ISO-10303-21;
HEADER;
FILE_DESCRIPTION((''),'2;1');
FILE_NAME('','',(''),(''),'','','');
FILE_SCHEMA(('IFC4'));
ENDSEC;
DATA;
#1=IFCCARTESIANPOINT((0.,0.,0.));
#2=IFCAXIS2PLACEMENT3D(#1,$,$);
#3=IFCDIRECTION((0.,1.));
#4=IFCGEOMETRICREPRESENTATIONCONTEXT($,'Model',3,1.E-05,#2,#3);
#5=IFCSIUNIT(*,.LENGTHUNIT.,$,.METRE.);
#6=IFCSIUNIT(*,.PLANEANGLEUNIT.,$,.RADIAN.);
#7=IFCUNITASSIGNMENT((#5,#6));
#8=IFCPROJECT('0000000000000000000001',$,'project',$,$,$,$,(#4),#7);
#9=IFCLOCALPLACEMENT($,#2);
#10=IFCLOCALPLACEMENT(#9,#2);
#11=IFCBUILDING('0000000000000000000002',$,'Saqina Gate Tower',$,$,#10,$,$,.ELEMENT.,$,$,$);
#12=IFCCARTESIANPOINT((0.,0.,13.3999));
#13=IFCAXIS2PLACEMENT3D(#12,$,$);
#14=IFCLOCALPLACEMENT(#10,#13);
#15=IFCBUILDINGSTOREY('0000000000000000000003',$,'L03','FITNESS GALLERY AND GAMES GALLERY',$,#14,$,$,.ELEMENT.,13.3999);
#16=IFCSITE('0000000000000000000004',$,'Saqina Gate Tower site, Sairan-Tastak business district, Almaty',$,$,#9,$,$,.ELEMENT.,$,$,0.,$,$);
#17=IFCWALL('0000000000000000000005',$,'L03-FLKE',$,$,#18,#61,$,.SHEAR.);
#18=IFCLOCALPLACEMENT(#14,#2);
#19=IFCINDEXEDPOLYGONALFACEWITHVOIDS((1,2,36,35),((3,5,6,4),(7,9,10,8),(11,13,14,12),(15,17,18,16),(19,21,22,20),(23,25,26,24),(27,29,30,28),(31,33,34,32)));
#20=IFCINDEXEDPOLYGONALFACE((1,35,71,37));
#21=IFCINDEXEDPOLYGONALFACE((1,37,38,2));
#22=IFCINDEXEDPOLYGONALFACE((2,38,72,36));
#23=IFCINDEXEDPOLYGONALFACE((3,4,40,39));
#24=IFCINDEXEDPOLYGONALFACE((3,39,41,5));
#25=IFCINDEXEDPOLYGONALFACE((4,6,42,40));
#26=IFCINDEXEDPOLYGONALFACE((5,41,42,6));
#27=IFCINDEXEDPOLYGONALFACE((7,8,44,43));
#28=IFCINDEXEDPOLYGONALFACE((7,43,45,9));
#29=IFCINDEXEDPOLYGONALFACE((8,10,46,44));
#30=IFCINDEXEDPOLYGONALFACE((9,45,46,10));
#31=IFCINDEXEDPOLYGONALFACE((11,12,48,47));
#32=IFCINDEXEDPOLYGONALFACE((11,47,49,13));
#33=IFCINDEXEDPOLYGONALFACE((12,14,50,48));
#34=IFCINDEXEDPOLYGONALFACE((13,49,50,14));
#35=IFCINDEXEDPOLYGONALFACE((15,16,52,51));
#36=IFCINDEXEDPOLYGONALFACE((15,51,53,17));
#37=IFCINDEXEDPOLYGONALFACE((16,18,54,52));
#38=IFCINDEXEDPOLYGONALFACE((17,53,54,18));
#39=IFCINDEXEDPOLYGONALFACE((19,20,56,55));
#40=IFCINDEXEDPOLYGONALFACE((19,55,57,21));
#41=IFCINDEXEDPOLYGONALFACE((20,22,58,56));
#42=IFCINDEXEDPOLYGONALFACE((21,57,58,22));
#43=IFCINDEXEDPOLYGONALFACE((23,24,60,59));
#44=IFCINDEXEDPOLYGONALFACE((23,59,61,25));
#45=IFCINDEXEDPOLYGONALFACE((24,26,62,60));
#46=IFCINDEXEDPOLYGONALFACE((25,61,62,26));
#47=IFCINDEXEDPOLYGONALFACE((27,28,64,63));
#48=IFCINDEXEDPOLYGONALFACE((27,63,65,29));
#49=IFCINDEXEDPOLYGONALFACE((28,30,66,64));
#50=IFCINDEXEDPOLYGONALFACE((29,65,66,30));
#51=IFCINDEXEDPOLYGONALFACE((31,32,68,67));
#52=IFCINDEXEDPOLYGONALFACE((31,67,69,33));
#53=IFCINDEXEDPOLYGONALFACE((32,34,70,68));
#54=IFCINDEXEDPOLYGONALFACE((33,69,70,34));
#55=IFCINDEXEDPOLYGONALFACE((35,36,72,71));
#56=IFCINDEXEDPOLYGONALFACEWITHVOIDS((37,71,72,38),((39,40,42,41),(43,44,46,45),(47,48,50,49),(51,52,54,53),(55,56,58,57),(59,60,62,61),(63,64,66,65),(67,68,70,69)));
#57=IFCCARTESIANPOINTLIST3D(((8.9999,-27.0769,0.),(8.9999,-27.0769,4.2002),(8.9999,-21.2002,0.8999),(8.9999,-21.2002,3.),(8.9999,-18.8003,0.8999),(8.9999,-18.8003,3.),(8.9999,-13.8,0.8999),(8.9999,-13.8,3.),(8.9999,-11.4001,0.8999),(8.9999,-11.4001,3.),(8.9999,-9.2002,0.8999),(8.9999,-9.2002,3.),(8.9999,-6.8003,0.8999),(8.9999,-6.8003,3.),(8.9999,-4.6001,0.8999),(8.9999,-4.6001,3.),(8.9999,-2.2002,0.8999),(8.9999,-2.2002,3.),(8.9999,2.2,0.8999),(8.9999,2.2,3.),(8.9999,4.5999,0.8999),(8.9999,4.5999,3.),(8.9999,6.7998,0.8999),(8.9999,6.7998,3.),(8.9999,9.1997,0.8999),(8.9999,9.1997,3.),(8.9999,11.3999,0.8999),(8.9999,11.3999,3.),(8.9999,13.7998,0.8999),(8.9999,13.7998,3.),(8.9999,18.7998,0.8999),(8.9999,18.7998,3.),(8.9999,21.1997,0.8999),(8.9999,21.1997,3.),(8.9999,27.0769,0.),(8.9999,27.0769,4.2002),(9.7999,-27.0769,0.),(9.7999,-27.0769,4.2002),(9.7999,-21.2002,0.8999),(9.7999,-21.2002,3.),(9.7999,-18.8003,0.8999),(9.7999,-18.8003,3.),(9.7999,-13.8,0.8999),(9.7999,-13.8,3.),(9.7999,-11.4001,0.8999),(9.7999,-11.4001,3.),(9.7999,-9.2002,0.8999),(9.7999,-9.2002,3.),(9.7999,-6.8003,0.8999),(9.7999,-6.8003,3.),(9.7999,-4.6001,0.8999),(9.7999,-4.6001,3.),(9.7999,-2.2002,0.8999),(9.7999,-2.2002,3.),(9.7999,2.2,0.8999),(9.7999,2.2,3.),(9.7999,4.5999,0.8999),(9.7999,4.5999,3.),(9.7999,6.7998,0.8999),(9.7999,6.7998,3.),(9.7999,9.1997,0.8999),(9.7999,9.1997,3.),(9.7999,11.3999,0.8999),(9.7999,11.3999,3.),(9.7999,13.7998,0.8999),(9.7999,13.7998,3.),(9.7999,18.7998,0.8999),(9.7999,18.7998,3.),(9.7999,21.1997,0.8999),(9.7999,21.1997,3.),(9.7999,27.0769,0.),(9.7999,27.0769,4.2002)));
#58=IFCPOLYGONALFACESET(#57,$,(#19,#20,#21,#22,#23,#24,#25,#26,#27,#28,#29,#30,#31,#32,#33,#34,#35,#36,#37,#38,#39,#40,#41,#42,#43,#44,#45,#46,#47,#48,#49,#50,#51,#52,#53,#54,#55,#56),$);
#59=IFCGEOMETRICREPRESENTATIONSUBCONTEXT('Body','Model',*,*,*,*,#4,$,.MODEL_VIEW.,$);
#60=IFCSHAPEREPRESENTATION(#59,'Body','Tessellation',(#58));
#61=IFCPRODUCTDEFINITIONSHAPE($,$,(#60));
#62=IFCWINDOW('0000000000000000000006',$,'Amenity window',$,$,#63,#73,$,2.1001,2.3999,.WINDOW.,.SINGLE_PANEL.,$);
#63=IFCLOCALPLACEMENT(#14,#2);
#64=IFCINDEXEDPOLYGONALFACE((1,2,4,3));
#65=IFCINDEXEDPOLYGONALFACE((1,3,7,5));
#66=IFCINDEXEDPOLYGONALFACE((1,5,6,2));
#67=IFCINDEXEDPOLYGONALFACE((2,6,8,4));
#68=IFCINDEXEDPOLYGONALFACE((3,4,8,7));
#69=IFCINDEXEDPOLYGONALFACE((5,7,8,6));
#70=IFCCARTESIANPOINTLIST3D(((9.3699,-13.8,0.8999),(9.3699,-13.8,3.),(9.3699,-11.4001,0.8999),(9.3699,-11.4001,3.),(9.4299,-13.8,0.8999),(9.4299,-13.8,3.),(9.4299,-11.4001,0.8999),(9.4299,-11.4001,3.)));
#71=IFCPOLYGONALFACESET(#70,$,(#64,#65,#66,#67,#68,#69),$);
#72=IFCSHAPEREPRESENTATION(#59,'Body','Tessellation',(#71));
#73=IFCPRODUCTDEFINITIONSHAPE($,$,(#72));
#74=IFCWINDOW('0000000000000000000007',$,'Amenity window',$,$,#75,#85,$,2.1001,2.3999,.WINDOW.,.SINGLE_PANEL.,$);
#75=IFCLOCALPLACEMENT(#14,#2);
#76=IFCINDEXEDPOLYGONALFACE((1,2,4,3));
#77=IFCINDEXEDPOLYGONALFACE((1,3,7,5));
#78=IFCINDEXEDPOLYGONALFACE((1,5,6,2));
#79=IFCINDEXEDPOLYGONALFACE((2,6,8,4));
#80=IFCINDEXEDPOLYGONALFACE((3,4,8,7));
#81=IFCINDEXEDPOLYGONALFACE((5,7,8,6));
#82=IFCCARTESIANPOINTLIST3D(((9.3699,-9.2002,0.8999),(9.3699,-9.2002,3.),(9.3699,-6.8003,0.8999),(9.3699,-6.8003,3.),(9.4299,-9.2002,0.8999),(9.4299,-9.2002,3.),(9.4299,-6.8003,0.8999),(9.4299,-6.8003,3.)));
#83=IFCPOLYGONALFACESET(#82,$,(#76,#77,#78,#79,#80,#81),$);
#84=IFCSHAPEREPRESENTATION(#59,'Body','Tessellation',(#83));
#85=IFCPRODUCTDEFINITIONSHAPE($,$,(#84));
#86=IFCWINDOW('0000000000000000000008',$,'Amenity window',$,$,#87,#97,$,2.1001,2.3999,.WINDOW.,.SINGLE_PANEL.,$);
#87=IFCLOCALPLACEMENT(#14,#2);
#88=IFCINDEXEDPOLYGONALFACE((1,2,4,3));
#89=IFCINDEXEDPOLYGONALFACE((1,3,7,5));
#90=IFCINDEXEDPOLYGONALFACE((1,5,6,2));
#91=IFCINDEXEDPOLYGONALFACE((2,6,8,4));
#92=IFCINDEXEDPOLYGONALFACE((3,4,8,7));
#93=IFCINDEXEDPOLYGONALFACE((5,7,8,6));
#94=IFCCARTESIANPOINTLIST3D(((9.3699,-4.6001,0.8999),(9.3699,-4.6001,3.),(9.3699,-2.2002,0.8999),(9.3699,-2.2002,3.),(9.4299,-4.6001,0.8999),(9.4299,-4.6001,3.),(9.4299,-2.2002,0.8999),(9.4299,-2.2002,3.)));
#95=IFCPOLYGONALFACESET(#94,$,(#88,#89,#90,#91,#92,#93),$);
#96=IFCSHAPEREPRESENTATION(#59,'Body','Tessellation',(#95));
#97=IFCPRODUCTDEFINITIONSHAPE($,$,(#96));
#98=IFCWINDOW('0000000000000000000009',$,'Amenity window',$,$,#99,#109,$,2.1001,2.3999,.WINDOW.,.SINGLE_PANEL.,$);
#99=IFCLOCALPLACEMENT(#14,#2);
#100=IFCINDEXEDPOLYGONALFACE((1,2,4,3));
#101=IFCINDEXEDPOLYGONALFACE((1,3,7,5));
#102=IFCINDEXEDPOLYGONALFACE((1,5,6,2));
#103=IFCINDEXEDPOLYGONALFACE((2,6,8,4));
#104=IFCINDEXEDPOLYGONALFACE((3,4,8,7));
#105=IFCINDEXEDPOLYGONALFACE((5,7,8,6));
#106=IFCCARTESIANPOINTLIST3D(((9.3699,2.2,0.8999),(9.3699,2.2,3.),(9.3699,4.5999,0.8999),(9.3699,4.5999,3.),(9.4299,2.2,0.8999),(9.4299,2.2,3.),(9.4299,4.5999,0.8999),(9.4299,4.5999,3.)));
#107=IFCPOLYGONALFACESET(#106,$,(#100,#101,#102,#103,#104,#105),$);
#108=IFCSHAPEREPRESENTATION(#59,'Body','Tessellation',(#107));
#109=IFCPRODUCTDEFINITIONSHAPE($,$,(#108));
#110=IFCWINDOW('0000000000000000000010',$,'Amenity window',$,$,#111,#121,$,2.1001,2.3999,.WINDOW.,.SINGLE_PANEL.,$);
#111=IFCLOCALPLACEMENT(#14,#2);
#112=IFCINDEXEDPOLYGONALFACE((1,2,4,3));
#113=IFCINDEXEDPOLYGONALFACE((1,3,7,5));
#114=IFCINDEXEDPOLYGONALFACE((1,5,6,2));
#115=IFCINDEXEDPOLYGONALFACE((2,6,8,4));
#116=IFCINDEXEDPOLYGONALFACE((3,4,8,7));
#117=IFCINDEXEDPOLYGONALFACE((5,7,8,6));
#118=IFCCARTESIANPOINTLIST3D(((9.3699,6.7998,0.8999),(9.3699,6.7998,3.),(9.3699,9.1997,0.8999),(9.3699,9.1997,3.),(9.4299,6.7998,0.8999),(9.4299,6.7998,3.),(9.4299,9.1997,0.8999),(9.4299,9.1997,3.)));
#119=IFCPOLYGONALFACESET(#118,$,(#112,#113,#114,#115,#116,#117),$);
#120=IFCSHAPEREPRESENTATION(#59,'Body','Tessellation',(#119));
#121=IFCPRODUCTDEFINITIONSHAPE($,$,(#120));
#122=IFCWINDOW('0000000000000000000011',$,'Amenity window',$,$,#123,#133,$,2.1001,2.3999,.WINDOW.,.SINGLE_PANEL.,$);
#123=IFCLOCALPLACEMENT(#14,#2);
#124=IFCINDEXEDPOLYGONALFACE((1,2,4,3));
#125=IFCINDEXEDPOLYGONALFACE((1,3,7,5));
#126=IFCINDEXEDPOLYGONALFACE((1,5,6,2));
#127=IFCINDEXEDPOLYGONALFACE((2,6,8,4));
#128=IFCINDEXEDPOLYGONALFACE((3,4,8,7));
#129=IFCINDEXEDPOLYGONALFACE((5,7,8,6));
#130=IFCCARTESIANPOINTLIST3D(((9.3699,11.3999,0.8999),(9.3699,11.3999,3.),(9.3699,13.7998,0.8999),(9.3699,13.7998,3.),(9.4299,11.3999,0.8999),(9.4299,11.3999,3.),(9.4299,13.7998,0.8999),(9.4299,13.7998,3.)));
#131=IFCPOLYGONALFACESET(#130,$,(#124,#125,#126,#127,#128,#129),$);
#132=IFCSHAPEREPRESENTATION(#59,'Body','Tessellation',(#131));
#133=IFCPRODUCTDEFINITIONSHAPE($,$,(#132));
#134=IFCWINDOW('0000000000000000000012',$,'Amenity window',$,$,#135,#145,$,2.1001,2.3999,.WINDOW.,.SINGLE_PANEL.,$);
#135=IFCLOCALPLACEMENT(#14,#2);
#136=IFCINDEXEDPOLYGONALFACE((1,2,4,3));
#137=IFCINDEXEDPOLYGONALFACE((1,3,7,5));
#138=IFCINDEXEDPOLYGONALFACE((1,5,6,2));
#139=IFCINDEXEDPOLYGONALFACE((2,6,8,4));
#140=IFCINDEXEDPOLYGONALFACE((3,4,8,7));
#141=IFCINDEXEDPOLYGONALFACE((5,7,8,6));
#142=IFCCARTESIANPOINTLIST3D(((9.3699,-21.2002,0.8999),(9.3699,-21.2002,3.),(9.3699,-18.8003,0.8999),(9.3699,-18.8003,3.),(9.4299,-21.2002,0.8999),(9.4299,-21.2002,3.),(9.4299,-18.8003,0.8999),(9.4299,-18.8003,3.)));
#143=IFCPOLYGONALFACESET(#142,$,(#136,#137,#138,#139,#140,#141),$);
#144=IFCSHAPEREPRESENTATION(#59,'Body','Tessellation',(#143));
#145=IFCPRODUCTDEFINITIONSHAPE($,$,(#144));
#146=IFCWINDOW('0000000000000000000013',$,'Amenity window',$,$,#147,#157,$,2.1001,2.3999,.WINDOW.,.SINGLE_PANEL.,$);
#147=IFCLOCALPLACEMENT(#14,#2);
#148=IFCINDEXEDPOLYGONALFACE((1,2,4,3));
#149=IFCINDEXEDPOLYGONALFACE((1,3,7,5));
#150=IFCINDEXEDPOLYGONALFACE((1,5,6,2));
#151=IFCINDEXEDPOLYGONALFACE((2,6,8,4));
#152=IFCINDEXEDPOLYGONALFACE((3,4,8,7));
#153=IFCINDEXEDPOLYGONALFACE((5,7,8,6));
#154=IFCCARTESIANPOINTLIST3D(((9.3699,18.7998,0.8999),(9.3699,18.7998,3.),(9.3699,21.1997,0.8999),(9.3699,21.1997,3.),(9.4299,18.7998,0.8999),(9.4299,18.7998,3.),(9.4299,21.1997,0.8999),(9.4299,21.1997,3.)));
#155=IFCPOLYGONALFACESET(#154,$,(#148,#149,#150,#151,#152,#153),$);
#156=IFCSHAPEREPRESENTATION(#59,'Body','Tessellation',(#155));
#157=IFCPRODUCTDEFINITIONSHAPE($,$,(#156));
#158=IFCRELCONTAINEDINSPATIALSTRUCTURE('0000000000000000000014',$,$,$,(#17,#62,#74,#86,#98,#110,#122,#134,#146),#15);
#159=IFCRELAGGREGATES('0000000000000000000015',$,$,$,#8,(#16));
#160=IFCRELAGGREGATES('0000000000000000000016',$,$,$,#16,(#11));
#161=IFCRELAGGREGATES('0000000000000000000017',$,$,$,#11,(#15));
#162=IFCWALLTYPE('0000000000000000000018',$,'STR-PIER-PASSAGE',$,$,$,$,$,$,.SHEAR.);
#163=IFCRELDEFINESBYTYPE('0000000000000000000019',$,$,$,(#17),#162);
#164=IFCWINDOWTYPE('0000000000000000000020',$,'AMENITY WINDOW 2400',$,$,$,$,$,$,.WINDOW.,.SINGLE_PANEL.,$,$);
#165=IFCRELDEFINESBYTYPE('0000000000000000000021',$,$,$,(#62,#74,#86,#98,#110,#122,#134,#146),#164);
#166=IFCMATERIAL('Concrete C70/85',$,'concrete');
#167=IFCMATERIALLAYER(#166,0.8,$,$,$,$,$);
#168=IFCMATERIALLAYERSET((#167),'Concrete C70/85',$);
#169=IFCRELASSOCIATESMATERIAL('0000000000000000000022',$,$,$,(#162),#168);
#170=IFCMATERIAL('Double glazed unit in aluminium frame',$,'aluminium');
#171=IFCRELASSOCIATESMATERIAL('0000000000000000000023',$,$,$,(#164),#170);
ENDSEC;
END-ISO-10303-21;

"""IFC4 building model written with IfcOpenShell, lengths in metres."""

from ifc_helpers import new_model, si_unit, direction, frame, frame_2d, origin, place, context, subcontext, project, spatial, rectangle, extrude, material, layer, layer_set, type_object, element, fill, save


model = new_model("IFC4")

# Units and contexts
model_context = context("Model", 3, precision=1e-05, world=origin(), true_north=direction((0.0, 1.0)))
body_context = subcontext(model_context, "Body", "Model", "MODEL_VIEW")
ifc_project = project(units=[si_unit("LENGTHUNIT", "METRE"), si_unit("PLANEANGLEUNIT", "RADIAN")], contexts=[model_context])

# Site, building, storey
site_placement = place(None, origin())
site = spatial("IfcSite", under=ifc_project, at=site_placement, Name="Saqina Gate Tower site, Sairan-Tastak business district, Almaty", CompositionType="ELEMENT", RefElevation=0.0)
building_placement = place(site_placement, origin())
building = spatial("IfcBuilding", under=site, at=building_placement, Name="Saqina Gate Tower", CompositionType="ELEMENT")
storey_placement = place(building_placement, frame((0.0, 0.0, 13.3999)))
storey = spatial("IfcBuildingStorey", under=building, at=storey_placement, Name="L03", Description="FITNESS GALLERY AND GAMES GALLERY", CompositionType="ELEMENT", Elevation=13.3999)

# Wall, openings, windows
ifc_material_1 = material(Name="Concrete C70/85", Category="concrete")
ifc_layer_1 = layer(ifc_material_1, 0.8)
ifc_layer_set_1 = layer_set([ifc_layer_1], Name="Concrete C70/85")
wall_type_1 = type_object("IfcWallType", Name="STR-PIER-PASSAGE", PredefinedType="SHEAR", material=ifc_layer_set_1)
wall_1_placement = place(storey_placement, frame((9.3999, -27.0769, 0.0), z_axis=(0.0, 0.0, 1.0), x_axis=(0.0, 1.0, 0.0)))
wall_1 = element("IfcWall", 1, at=wall_1_placement, inside=storey, type_object=wall_type_1, Name="L03-FLKE", PredefinedType="SHEAR", context=body_context, shape_type="SweptSolid", body=[
    extrude(rectangle(XDim=54.1538, YDim=0.8, at=frame_2d((27.0769, 0.0))), origin(), (0.0, 0.0, 1.0), 4.2002),
])
opening_1_placement = place(wall_1_placement, frame((13.2769, 0.0, 0.8999)))
opening_1 = element("IfcOpeningElement", 2, at=opening_1_placement, cuts=wall_1, PredefinedType="OPENING", context=body_context, shape_type="SweptSolid", body=[
    extrude(rectangle(XDim=2.3999, YDim=2.1001, at=frame_2d((1.2, 1.05))), frame((0.0, 0.4121, 0.0), z_axis=(0.0, -1.0, 0.0), x_axis=(1.0, 0.0, 0.0)), (0.0, 0.0, 1.0), 0.824),
])
opening_2_placement = place(wall_1_placement, frame((17.8767, 0.0, 0.8999)))
opening_2 = element("IfcOpeningElement", 3, at=opening_2_placement, cuts=wall_1, PredefinedType="OPENING", context=body_context, shape_type="SweptSolid", body=[
    extrude(rectangle(XDim=2.3999, YDim=2.1001, at=frame_2d((1.2, 1.05))), frame((0.0, 0.4121, 0.0), z_axis=(0.0, -1.0, 0.0), x_axis=(1.0, 0.0, 0.0)), (0.0, 0.0, 1.0), 0.824),
])
opening_3_placement = place(wall_1_placement, frame((22.4768, 0.0, 0.8999)))
opening_3 = element("IfcOpeningElement", 4, at=opening_3_placement, cuts=wall_1, PredefinedType="OPENING", context=body_context, shape_type="SweptSolid", body=[
    extrude(rectangle(XDim=2.3999, YDim=2.1001, at=frame_2d((1.2, 1.05))), frame((0.0, 0.4121, 0.0), z_axis=(0.0, -1.0, 0.0), x_axis=(1.0, 0.0, 0.0)), (0.0, 0.0, 1.0), 0.824),
])
opening_4_placement = place(wall_1_placement, frame((29.2769, 0.0, 0.8999)))
opening_4 = element("IfcOpeningElement", 5, at=opening_4_placement, cuts=wall_1, PredefinedType="OPENING", context=body_context, shape_type="SweptSolid", body=[
    extrude(rectangle(XDim=2.3999, YDim=2.1001, at=frame_2d((1.2, 1.05))), frame((0.0, 0.4121, 0.0), z_axis=(0.0, -1.0, 0.0), x_axis=(1.0, 0.0, 0.0)), (0.0, 0.0, 1.0), 0.824),
])
opening_5_placement = place(wall_1_placement, frame((33.8767, 0.0, 0.8999)))
opening_5 = element("IfcOpeningElement", 6, at=opening_5_placement, cuts=wall_1, PredefinedType="OPENING", context=body_context, shape_type="SweptSolid", body=[
    extrude(rectangle(XDim=2.3999, YDim=2.1001, at=frame_2d((1.2, 1.05))), frame((0.0, 0.4121, 0.0), z_axis=(0.0, -1.0, 0.0), x_axis=(1.0, 0.0, 0.0)), (0.0, 0.0, 1.0), 0.824),
])
opening_6_placement = place(wall_1_placement, frame((38.4768, 0.0, 0.8999)))
opening_6 = element("IfcOpeningElement", 7, at=opening_6_placement, cuts=wall_1, PredefinedType="OPENING", context=body_context, shape_type="SweptSolid", body=[
    extrude(rectangle(XDim=2.3999, YDim=2.1001, at=frame_2d((1.2, 1.05))), frame((0.0, 0.4121, 0.0), z_axis=(0.0, -1.0, 0.0), x_axis=(1.0, 0.0, 0.0)), (0.0, 0.0, 1.0), 0.824),
])
opening_7_placement = place(wall_1_placement, frame((5.8767, 0.0, 0.8999)))
opening_7 = element("IfcOpeningElement", 8, at=opening_7_placement, cuts=wall_1, PredefinedType="OPENING", context=body_context, shape_type="SweptSolid", body=[
    extrude(rectangle(XDim=2.3999, YDim=2.1001, at=frame_2d((1.2, 1.05))), frame((0.0, 0.4121, 0.0), z_axis=(0.0, -1.0, 0.0), x_axis=(1.0, 0.0, 0.0)), (0.0, 0.0, 1.0), 0.824),
])
opening_8_placement = place(wall_1_placement, frame((45.8767, 0.0, 0.8999)))
opening_8 = element("IfcOpeningElement", 9, at=opening_8_placement, cuts=wall_1, PredefinedType="OPENING", context=body_context, shape_type="SweptSolid", body=[
    extrude(rectangle(XDim=2.3999, YDim=2.1001, at=frame_2d((1.2, 1.05))), frame((0.0, 0.4121, 0.0), z_axis=(0.0, -1.0, 0.0), x_axis=(1.0, 0.0, 0.0)), (0.0, 0.0, 1.0), 0.824),
])
ifc_material_2 = material(Name="Double glazed unit in aluminium frame", Category="aluminium")
window_type = type_object("IfcWindowType", Name="AMENITY WINDOW 2400", PartitioningType="SINGLE_PANEL", PredefinedType="WINDOW", material=ifc_material_2)
window_1_placement = place(opening_1_placement, origin())
window_1 = element("IfcWindow", 10, at=window_1_placement, inside=storey, type_object=window_type, Name="Amenity window", OverallHeight=2.1001, OverallWidth=2.3999, PartitioningType="SINGLE_PANEL", PredefinedType="WINDOW", context=body_context, shape_type="SweptSolid", body=[
    extrude(rectangle(XDim=2.3999, YDim=2.1001, at=frame_2d((1.2, 1.05))), frame((0.0, 0.03, 0.0), z_axis=(0.0, -1.0, 0.0), x_axis=(1.0, 0.0, 0.0)), (0.0, 0.0, 1.0), 0.0601),
])
fill(opening_1, window_1)
window_2_placement = place(opening_2_placement, origin())
window_2 = element("IfcWindow", 11, at=window_2_placement, inside=storey, type_object=window_type, Name="Amenity window", OverallHeight=2.1001, OverallWidth=2.3999, PartitioningType="SINGLE_PANEL", PredefinedType="WINDOW", context=body_context, shape_type="SweptSolid", body=[
    extrude(rectangle(XDim=2.3999, YDim=2.1001, at=frame_2d((1.2, 1.05))), frame((0.0, 0.03, 0.0), z_axis=(0.0, -1.0, 0.0), x_axis=(1.0, 0.0, 0.0)), (0.0, 0.0, 1.0), 0.0601),
])
fill(opening_2, window_2)
window_3_placement = place(opening_3_placement, origin())
window_3 = element("IfcWindow", 12, at=window_3_placement, inside=storey, type_object=window_type, Name="Amenity window", OverallHeight=2.1001, OverallWidth=2.3999, PartitioningType="SINGLE_PANEL", PredefinedType="WINDOW", context=body_context, shape_type="SweptSolid", body=[
    extrude(rectangle(XDim=2.3999, YDim=2.1001, at=frame_2d((1.2, 1.05))), frame((0.0, 0.03, 0.0), z_axis=(0.0, -1.0, 0.0), x_axis=(1.0, 0.0, 0.0)), (0.0, 0.0, 1.0), 0.0601),
])
fill(opening_3, window_3)
window_4_placement = place(opening_4_placement, origin())
window_4 = element("IfcWindow", 13, at=window_4_placement, inside=storey, type_object=window_type, Name="Amenity window", OverallHeight=2.1001, OverallWidth=2.3999, PartitioningType="SINGLE_PANEL", PredefinedType="WINDOW", context=body_context, shape_type="SweptSolid", body=[
    extrude(rectangle(XDim=2.3999, YDim=2.1001, at=frame_2d((1.2, 1.05))), frame((0.0, 0.03, 0.0), z_axis=(0.0, -1.0, 0.0), x_axis=(1.0, 0.0, 0.0)), (0.0, 0.0, 1.0), 0.0601),
])
fill(opening_4, window_4)
window_5_placement = place(opening_5_placement, origin())
window_5 = element("IfcWindow", 14, at=window_5_placement, inside=storey, type_object=window_type, Name="Amenity window", OverallHeight=2.1001, OverallWidth=2.3999, PartitioningType="SINGLE_PANEL", PredefinedType="WINDOW", context=body_context, shape_type="SweptSolid", body=[
    extrude(rectangle(XDim=2.3999, YDim=2.1001, at=frame_2d((1.2, 1.05))), frame((0.0, 0.03, 0.0), z_axis=(0.0, -1.0, 0.0), x_axis=(1.0, 0.0, 0.0)), (0.0, 0.0, 1.0), 0.0601),
])
fill(opening_5, window_5)
window_6_placement = place(opening_6_placement, origin())
window_6 = element("IfcWindow", 15, at=window_6_placement, inside=storey, type_object=window_type, Name="Amenity window", OverallHeight=2.1001, OverallWidth=2.3999, PartitioningType="SINGLE_PANEL", PredefinedType="WINDOW", context=body_context, shape_type="SweptSolid", body=[
    extrude(rectangle(XDim=2.3999, YDim=2.1001, at=frame_2d((1.2, 1.05))), frame((0.0, 0.03, 0.0), z_axis=(0.0, -1.0, 0.0), x_axis=(1.0, 0.0, 0.0)), (0.0, 0.0, 1.0), 0.0601),
])
fill(opening_6, window_6)
window_7_placement = place(opening_7_placement, origin())
window_7 = element("IfcWindow", 16, at=window_7_placement, inside=storey, type_object=window_type, Name="Amenity window", OverallHeight=2.1001, OverallWidth=2.3999, PartitioningType="SINGLE_PANEL", PredefinedType="WINDOW", context=body_context, shape_type="SweptSolid", body=[
    extrude(rectangle(XDim=2.3999, YDim=2.1001, at=frame_2d((1.2, 1.05))), frame((0.0, 0.03, 0.0), z_axis=(0.0, -1.0, 0.0), x_axis=(1.0, 0.0, 0.0)), (0.0, 0.0, 1.0), 0.0601),
])
fill(opening_7, window_7)
window_8_placement = place(opening_8_placement, origin())
window_8 = element("IfcWindow", 17, at=window_8_placement, inside=storey, type_object=window_type, Name="Amenity window", OverallHeight=2.1001, OverallWidth=2.3999, PartitioningType="SINGLE_PANEL", PredefinedType="WINDOW", context=body_context, shape_type="SweptSolid", body=[
    extrude(rectangle(XDim=2.3999, YDim=2.1001, at=frame_2d((1.2, 1.05))), frame((0.0, 0.03, 0.0), z_axis=(0.0, -1.0, 0.0), x_axis=(1.0, 0.0, 0.0)), (0.0, 0.0, 1.0), 0.0601),
])
fill(opening_8, window_8)

save(model, "model.ifc")
